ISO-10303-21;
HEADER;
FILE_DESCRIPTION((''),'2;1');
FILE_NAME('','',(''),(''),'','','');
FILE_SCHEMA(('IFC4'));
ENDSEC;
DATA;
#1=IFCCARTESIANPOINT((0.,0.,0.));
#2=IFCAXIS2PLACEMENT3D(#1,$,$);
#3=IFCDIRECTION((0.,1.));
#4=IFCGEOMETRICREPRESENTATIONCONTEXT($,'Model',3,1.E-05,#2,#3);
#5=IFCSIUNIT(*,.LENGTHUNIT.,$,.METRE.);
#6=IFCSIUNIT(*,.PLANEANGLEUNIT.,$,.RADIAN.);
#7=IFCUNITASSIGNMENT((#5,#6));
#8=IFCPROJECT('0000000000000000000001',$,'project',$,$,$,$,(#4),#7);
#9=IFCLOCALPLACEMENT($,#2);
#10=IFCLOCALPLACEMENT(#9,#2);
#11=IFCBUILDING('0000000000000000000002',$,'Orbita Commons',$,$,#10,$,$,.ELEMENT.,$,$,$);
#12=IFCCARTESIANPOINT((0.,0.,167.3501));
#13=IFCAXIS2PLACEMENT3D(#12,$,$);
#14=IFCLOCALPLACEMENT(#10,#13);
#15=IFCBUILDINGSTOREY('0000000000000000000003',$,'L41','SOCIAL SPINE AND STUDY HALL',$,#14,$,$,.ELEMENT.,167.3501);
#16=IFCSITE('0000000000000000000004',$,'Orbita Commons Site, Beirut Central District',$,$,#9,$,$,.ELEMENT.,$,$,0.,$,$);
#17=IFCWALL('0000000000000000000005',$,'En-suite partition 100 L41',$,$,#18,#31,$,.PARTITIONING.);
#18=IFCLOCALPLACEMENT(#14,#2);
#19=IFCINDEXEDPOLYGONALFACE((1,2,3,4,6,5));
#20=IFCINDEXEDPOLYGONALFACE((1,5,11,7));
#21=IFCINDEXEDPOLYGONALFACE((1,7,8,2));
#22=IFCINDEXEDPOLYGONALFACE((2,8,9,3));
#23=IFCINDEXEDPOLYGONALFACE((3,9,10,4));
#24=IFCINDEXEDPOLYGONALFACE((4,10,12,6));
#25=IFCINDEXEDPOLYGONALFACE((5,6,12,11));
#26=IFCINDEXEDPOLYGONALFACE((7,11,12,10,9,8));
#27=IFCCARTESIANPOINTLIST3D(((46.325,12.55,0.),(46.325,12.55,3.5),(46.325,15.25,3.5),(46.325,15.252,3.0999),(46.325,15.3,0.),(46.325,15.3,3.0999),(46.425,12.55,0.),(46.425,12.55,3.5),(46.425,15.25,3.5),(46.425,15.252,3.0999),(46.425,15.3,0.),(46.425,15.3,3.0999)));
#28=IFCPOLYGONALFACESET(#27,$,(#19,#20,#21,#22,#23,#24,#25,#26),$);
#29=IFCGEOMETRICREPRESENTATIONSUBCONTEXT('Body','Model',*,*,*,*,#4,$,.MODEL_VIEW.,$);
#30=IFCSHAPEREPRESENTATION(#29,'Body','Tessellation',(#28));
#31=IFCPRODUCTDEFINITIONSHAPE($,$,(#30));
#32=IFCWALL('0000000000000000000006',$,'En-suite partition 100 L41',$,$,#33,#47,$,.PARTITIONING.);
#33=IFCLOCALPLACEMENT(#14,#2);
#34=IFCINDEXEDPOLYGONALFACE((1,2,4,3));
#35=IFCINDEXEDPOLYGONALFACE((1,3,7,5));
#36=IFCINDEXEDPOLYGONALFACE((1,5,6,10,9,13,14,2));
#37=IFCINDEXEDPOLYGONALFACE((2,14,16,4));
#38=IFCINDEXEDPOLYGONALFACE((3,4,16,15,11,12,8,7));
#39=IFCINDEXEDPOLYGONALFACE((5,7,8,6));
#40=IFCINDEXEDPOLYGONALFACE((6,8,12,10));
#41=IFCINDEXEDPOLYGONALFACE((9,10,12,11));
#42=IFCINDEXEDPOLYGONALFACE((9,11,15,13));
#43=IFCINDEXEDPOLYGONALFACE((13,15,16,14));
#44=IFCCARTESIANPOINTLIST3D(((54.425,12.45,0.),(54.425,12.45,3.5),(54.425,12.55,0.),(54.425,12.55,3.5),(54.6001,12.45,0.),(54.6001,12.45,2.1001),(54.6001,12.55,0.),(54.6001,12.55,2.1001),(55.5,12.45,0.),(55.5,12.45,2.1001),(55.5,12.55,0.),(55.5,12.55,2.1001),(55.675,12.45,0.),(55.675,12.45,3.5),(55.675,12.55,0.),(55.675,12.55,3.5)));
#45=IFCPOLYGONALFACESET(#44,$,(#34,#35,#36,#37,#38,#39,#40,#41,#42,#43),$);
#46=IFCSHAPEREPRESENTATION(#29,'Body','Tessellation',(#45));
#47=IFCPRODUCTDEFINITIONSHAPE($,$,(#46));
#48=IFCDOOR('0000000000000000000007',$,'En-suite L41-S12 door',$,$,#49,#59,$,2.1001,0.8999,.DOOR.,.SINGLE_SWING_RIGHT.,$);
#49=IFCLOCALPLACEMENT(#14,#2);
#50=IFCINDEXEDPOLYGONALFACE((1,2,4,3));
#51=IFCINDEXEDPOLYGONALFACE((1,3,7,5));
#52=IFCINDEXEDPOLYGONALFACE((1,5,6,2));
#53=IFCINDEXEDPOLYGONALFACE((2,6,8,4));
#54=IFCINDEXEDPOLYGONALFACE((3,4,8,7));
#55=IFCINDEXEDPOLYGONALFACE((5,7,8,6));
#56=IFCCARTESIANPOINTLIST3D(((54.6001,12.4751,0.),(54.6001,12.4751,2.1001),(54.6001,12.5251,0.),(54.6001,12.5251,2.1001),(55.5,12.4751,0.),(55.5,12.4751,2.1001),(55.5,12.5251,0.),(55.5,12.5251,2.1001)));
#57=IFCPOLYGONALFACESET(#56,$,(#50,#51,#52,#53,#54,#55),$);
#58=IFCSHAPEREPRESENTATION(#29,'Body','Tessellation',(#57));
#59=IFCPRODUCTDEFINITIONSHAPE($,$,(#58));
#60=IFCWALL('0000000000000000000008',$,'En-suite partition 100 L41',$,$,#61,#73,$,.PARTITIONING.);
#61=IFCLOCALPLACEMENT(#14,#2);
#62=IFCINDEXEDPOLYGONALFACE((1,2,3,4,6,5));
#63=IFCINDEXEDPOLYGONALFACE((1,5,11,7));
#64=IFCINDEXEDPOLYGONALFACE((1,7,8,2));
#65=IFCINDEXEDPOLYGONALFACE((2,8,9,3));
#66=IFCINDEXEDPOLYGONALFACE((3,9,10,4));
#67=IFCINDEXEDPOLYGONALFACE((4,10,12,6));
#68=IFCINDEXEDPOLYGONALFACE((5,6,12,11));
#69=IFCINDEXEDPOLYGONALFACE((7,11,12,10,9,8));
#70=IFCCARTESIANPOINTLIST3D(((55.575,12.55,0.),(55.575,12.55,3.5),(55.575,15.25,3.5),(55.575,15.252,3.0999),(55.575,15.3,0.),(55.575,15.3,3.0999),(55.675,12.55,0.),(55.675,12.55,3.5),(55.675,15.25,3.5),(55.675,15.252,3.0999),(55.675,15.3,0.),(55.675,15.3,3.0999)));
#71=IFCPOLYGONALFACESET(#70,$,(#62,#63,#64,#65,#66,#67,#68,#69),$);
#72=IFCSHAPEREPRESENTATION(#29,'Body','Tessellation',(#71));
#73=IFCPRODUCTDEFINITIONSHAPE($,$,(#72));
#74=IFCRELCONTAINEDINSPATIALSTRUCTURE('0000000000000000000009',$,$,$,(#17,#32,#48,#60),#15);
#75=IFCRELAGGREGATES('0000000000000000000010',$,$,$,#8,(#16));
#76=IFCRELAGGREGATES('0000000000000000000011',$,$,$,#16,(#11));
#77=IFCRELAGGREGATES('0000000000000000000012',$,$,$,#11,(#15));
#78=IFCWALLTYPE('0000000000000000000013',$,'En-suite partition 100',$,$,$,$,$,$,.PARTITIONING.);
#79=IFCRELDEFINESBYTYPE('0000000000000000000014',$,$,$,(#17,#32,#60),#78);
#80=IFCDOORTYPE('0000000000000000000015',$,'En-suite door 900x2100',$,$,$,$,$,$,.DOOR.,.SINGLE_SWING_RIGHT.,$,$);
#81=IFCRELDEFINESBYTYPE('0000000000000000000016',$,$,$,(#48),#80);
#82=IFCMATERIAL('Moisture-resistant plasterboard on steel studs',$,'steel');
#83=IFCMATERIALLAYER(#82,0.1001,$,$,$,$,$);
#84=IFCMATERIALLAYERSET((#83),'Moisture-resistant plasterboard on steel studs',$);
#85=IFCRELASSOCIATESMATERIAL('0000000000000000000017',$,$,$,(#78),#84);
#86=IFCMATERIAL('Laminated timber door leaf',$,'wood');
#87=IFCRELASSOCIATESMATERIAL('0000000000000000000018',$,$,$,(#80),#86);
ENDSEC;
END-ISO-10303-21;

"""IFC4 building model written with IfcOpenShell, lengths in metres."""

from ifc_helpers import new_model, si_unit, direction, frame, frame_2d, origin, place, context, subcontext, project, spatial, polyline, rectangle, outline, extrude, material, layer, layer_set, type_object, element, fill, save


model = new_model("IFC4")

# Units and contexts
model_context = context("Model", 3, precision=1e-05, world=origin(), true_north=direction((0.0, 1.0)))
body_context = subcontext(model_context, "Body", "Model", "MODEL_VIEW")
ifc_project = project(units=[si_unit("LENGTHUNIT", "METRE"), si_unit("PLANEANGLEUNIT", "RADIAN")], contexts=[model_context])

# Site, building, storey
site_placement = place(None, origin())
site = spatial("IfcSite", under=ifc_project, at=site_placement, Name="Orbita Commons Site, Beirut Central District", CompositionType="ELEMENT", RefElevation=0.0)
building_placement = place(site_placement, origin())
building = spatial("IfcBuilding", under=site, at=building_placement, Name="Orbita Commons", CompositionType="ELEMENT")
storey_placement = place(building_placement, frame((0.0, 0.0, 167.3501)))
storey = spatial("IfcBuildingStorey", under=building, at=storey_placement, Name="L41", Description="SOCIAL SPINE AND STUDY HALL", CompositionType="ELEMENT", Elevation=167.3501)

# Shared definitions
ifc_material_1 = material(Name="Moisture-resistant plasterboard on steel studs", Category="steel")
ifc_layer = layer(ifc_material_1, 0.1001)
ifc_layer_set = layer_set([ifc_layer], Name="Moisture-resistant plasterboard on steel studs")
wall_type = type_object("IfcWallType", Name="En-suite partition 100", PredefinedType="PARTITIONING", material=ifc_layer_set)
ifc_material_2 = material(Name="Laminated timber door leaf", Category="wood")
door_type = type_object("IfcDoorType", Name="En-suite door 900x2100", OperationType="SINGLE_SWING_RIGHT", PredefinedType="DOOR", material=ifc_material_2)

# Wall
wall_1_placement = place(storey_placement, frame((46.375, 12.55, 0.0), z_axis=(0.0, 0.0, 1.0), x_axis=(0.0, 1.0, 0.0)))
element("IfcWall", 1, at=wall_1_placement, inside=storey, type_object=wall_type, Name="En-suite partition 100 L41", PredefinedType="PARTITIONING", context=body_context, shape_type="SweptSolid", body=[
    extrude(outline(polyline([(0.0, 0.0), (2.75, 0.0), (2.75, 3.0999), (2.7019, 3.0999), (2.7, 3.5), (0.0, 3.5), (0.0, 0.0)])), frame((0.0, 0.05, 0.0), z_axis=(0.0, -1.0, 0.0), x_axis=(1.0, 0.0, 0.0)), (0.0, 0.0, 1.0), 0.1001),
])

# Wall, opening, door
wall_2_placement = place(storey_placement, frame((55.675, 12.5, 0.0), z_axis=(0.0, 0.0, 1.0), x_axis=(-1.0, 0.0, 0.0)))
wall_2 = element("IfcWall", 2, at=wall_2_placement, inside=storey, type_object=wall_type, Name="En-suite partition 100 L41", PredefinedType="PARTITIONING", context=body_context, shape_type="SweptSolid", body=[
    extrude(rectangle(XDim=1.25, YDim=0.1001, at=frame_2d((0.625, 0.0))), origin(), (0.0, 0.0, 1.0), 3.5),
])
opening_1_placement = place(wall_2_placement, frame((0.175, 0.0, 0.0)))
opening_1 = element("IfcOpeningElement", 3, at=opening_1_placement, cuts=wall_2, PredefinedType="OPENING", context=body_context, shape_type="SweptSolid", body=[
    extrude(rectangle(XDim=0.8999, YDim=2.1001, at=frame_2d((0.45, 1.05))), frame((0.0, 0.0601, 0.0), z_axis=(0.0, -1.0, 0.0), x_axis=(1.0, 0.0, 0.0)), (0.0, 0.0, 1.0), 0.1201),
])
door_1_placement = place(opening_1_placement, origin())
door_1 = element("IfcDoor", 4, at=door_1_placement, inside=storey, type_object=door_type, Name="En-suite L41-S12 door", OperationType="SINGLE_SWING_RIGHT", OverallHeight=2.1001, OverallWidth=0.8999, PredefinedType="DOOR", context=body_context, shape_type="SweptSolid", body=[
    extrude(rectangle(XDim=0.8999, YDim=2.1001, at=frame_2d((0.45, 1.05))), frame((0.0, 0.0249, 0.0), z_axis=(0.0, -1.0, 0.0), x_axis=(1.0, 0.0, 0.0)), (0.0, 0.0, 1.0), 0.05),
])
fill(opening_1, door_1)

# Wall
wall_3_placement = place(storey_placement, frame((55.625, 12.55, 0.0), z_axis=(0.0, 0.0, 1.0), x_axis=(0.0, 1.0, 0.0)))
element("IfcWall", 5, at=wall_3_placement, inside=storey, type_object=wall_type, Name="En-suite partition 100 L41", PredefinedType="PARTITIONING", context=body_context, shape_type="SweptSolid", body=[
    extrude(outline(polyline([(0.0, 0.0), (2.75, 0.0), (2.75, 3.0999), (2.7019, 3.0999), (2.7, 3.5), (0.0, 3.5), (0.0, 0.0)])), frame((0.0, 0.05, 0.0), z_axis=(0.0, -1.0, 0.0), x_axis=(1.0, 0.0, 0.0)), (0.0, 0.0, 1.0), 0.1001),
])

save(model, "model.ifc")
